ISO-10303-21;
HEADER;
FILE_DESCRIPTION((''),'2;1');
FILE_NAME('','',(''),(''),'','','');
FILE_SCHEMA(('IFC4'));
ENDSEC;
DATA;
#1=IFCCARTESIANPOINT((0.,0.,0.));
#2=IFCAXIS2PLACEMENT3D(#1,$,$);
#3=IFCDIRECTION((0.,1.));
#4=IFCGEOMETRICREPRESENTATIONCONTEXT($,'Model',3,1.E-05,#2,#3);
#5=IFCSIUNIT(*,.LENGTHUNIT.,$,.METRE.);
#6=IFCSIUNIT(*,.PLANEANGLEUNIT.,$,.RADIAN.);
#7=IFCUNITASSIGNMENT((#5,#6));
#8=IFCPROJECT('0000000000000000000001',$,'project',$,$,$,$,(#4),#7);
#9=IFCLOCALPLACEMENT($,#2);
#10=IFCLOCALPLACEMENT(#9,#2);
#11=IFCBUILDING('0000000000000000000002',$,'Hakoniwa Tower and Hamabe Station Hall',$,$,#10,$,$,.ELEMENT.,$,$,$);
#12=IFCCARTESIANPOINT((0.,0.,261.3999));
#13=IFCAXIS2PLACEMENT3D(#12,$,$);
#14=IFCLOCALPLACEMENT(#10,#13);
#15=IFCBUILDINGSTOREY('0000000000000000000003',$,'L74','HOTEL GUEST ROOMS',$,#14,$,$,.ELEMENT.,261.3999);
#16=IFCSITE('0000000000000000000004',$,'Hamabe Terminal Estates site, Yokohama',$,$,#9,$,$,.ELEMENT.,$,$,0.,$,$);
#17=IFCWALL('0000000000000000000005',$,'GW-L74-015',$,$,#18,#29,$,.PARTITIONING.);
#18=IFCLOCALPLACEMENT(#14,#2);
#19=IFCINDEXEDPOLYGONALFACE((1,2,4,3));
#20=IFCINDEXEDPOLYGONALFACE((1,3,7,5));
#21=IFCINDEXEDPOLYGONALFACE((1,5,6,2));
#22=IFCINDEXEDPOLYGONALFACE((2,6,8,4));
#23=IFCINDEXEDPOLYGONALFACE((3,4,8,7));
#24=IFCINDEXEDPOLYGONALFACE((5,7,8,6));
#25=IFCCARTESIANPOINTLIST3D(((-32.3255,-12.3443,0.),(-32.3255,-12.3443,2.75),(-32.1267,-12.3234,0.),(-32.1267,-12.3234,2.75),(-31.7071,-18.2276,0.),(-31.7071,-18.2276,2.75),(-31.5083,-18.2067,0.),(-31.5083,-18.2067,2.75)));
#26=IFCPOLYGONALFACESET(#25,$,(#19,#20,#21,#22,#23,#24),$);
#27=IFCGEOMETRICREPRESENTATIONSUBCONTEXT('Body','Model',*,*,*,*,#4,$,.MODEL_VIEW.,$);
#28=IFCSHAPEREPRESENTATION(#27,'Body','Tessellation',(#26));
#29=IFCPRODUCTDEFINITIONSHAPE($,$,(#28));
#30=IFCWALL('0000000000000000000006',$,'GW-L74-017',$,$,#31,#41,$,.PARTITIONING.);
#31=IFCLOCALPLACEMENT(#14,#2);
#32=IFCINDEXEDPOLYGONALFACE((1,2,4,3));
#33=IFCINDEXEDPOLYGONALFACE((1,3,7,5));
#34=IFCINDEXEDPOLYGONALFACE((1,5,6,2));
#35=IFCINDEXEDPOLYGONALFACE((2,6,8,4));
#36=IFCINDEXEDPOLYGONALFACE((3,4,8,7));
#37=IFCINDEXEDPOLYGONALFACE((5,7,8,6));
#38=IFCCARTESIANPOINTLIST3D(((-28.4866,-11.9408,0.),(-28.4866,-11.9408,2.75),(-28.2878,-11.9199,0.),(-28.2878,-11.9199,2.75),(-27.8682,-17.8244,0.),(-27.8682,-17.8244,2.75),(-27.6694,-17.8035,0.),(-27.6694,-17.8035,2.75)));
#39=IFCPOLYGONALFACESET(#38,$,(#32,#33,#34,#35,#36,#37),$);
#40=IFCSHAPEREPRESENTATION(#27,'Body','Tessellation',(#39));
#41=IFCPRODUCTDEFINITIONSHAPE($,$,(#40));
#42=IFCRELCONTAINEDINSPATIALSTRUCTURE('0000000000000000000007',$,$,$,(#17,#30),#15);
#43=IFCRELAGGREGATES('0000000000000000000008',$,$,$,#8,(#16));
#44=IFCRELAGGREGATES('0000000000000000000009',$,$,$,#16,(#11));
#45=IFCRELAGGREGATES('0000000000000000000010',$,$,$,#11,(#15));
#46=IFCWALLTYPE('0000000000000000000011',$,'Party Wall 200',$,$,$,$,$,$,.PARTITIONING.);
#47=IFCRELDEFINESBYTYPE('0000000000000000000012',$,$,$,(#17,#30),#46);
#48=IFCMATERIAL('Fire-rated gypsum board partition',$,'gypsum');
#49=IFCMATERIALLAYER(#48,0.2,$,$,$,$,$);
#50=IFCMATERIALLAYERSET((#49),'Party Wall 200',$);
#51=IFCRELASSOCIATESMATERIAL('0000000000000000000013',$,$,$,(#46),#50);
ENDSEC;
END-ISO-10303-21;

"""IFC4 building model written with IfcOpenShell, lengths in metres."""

from ifc_helpers import new_model, si_unit, direction, frame, frame_2d, origin, place, context, subcontext, project, spatial, rectangle, extrude, material, layer, layer_set, type_object, element, save


model = new_model("IFC4")

# Units and contexts
model_context = context("Model", 3, precision=1e-05, world=origin(), true_north=direction((0.0, 1.0)))
body_context = subcontext(model_context, "Body", "Model", "MODEL_VIEW")
ifc_project = project(units=[si_unit("LENGTHUNIT", "METRE"), si_unit("PLANEANGLEUNIT", "RADIAN")], contexts=[model_context])

# Site, building, storey
site_placement = place(None, origin())
site = spatial("IfcSite", under=ifc_project, at=site_placement, Name="Hamabe Terminal Estates site, Yokohama", CompositionType="ELEMENT", RefElevation=0.0)
building_placement = place(site_placement, origin())
building = spatial("IfcBuilding", under=site, at=building_placement, Name="Hakoniwa Tower and Hamabe Station Hall", CompositionType="ELEMENT")
storey_placement = place(building_placement, frame((0.0, 0.0, 261.3999)))
storey = spatial("IfcBuildingStorey", under=building, at=storey_placement, Name="L74", Description="HOTEL GUEST ROOMS", CompositionType="ELEMENT", Elevation=261.3999)

# Walls
ifc_material_1 = material(Name="Fire-rated gypsum board partition", Category="gypsum")
ifc_layer_1 = layer(ifc_material_1, 0.2)
ifc_layer_set_1 = layer_set([ifc_layer_1], Name="Party Wall 200")
wall_type_1 = type_object("IfcWallType", Name="Party Wall 200", PredefinedType="PARTITIONING", material=ifc_layer_set_1)
wall_1_placement = place(storey_placement, frame((-31.6077, -18.2173, 0.0), z_axis=(0.0, 0.0, 1.0), x_axis=(-0.104537, 0.994521, 0.0)))
element("IfcWall", 1, at=wall_1_placement, inside=storey, type_object=wall_type_1, Name="GW-L74-015", PredefinedType="PARTITIONING", context=body_context, shape_type="SweptSolid", body=[
    extrude(rectangle(XDim=5.9158, YDim=0.2, at=frame_2d((2.958, 0.0))), origin(), (0.0, 0.0, 1.0), 2.75),
])
wall_2_placement = place(storey_placement, frame((-27.7688, -17.814, 0.0), z_axis=(0.0, 0.0, 1.0), x_axis=(-0.104532, 0.994521, 0.0)))
element("IfcWall", 2, at=wall_2_placement, inside=storey, type_object=wall_type_1, Name="GW-L74-017", PredefinedType="PARTITIONING", context=body_context, shape_type="SweptSolid", body=[
    extrude(rectangle(XDim=5.916, YDim=0.2, at=frame_2d((2.958, 0.0))), origin(), (0.0, 0.0, 1.0), 2.75),
])

save(model, "model.ifc")
